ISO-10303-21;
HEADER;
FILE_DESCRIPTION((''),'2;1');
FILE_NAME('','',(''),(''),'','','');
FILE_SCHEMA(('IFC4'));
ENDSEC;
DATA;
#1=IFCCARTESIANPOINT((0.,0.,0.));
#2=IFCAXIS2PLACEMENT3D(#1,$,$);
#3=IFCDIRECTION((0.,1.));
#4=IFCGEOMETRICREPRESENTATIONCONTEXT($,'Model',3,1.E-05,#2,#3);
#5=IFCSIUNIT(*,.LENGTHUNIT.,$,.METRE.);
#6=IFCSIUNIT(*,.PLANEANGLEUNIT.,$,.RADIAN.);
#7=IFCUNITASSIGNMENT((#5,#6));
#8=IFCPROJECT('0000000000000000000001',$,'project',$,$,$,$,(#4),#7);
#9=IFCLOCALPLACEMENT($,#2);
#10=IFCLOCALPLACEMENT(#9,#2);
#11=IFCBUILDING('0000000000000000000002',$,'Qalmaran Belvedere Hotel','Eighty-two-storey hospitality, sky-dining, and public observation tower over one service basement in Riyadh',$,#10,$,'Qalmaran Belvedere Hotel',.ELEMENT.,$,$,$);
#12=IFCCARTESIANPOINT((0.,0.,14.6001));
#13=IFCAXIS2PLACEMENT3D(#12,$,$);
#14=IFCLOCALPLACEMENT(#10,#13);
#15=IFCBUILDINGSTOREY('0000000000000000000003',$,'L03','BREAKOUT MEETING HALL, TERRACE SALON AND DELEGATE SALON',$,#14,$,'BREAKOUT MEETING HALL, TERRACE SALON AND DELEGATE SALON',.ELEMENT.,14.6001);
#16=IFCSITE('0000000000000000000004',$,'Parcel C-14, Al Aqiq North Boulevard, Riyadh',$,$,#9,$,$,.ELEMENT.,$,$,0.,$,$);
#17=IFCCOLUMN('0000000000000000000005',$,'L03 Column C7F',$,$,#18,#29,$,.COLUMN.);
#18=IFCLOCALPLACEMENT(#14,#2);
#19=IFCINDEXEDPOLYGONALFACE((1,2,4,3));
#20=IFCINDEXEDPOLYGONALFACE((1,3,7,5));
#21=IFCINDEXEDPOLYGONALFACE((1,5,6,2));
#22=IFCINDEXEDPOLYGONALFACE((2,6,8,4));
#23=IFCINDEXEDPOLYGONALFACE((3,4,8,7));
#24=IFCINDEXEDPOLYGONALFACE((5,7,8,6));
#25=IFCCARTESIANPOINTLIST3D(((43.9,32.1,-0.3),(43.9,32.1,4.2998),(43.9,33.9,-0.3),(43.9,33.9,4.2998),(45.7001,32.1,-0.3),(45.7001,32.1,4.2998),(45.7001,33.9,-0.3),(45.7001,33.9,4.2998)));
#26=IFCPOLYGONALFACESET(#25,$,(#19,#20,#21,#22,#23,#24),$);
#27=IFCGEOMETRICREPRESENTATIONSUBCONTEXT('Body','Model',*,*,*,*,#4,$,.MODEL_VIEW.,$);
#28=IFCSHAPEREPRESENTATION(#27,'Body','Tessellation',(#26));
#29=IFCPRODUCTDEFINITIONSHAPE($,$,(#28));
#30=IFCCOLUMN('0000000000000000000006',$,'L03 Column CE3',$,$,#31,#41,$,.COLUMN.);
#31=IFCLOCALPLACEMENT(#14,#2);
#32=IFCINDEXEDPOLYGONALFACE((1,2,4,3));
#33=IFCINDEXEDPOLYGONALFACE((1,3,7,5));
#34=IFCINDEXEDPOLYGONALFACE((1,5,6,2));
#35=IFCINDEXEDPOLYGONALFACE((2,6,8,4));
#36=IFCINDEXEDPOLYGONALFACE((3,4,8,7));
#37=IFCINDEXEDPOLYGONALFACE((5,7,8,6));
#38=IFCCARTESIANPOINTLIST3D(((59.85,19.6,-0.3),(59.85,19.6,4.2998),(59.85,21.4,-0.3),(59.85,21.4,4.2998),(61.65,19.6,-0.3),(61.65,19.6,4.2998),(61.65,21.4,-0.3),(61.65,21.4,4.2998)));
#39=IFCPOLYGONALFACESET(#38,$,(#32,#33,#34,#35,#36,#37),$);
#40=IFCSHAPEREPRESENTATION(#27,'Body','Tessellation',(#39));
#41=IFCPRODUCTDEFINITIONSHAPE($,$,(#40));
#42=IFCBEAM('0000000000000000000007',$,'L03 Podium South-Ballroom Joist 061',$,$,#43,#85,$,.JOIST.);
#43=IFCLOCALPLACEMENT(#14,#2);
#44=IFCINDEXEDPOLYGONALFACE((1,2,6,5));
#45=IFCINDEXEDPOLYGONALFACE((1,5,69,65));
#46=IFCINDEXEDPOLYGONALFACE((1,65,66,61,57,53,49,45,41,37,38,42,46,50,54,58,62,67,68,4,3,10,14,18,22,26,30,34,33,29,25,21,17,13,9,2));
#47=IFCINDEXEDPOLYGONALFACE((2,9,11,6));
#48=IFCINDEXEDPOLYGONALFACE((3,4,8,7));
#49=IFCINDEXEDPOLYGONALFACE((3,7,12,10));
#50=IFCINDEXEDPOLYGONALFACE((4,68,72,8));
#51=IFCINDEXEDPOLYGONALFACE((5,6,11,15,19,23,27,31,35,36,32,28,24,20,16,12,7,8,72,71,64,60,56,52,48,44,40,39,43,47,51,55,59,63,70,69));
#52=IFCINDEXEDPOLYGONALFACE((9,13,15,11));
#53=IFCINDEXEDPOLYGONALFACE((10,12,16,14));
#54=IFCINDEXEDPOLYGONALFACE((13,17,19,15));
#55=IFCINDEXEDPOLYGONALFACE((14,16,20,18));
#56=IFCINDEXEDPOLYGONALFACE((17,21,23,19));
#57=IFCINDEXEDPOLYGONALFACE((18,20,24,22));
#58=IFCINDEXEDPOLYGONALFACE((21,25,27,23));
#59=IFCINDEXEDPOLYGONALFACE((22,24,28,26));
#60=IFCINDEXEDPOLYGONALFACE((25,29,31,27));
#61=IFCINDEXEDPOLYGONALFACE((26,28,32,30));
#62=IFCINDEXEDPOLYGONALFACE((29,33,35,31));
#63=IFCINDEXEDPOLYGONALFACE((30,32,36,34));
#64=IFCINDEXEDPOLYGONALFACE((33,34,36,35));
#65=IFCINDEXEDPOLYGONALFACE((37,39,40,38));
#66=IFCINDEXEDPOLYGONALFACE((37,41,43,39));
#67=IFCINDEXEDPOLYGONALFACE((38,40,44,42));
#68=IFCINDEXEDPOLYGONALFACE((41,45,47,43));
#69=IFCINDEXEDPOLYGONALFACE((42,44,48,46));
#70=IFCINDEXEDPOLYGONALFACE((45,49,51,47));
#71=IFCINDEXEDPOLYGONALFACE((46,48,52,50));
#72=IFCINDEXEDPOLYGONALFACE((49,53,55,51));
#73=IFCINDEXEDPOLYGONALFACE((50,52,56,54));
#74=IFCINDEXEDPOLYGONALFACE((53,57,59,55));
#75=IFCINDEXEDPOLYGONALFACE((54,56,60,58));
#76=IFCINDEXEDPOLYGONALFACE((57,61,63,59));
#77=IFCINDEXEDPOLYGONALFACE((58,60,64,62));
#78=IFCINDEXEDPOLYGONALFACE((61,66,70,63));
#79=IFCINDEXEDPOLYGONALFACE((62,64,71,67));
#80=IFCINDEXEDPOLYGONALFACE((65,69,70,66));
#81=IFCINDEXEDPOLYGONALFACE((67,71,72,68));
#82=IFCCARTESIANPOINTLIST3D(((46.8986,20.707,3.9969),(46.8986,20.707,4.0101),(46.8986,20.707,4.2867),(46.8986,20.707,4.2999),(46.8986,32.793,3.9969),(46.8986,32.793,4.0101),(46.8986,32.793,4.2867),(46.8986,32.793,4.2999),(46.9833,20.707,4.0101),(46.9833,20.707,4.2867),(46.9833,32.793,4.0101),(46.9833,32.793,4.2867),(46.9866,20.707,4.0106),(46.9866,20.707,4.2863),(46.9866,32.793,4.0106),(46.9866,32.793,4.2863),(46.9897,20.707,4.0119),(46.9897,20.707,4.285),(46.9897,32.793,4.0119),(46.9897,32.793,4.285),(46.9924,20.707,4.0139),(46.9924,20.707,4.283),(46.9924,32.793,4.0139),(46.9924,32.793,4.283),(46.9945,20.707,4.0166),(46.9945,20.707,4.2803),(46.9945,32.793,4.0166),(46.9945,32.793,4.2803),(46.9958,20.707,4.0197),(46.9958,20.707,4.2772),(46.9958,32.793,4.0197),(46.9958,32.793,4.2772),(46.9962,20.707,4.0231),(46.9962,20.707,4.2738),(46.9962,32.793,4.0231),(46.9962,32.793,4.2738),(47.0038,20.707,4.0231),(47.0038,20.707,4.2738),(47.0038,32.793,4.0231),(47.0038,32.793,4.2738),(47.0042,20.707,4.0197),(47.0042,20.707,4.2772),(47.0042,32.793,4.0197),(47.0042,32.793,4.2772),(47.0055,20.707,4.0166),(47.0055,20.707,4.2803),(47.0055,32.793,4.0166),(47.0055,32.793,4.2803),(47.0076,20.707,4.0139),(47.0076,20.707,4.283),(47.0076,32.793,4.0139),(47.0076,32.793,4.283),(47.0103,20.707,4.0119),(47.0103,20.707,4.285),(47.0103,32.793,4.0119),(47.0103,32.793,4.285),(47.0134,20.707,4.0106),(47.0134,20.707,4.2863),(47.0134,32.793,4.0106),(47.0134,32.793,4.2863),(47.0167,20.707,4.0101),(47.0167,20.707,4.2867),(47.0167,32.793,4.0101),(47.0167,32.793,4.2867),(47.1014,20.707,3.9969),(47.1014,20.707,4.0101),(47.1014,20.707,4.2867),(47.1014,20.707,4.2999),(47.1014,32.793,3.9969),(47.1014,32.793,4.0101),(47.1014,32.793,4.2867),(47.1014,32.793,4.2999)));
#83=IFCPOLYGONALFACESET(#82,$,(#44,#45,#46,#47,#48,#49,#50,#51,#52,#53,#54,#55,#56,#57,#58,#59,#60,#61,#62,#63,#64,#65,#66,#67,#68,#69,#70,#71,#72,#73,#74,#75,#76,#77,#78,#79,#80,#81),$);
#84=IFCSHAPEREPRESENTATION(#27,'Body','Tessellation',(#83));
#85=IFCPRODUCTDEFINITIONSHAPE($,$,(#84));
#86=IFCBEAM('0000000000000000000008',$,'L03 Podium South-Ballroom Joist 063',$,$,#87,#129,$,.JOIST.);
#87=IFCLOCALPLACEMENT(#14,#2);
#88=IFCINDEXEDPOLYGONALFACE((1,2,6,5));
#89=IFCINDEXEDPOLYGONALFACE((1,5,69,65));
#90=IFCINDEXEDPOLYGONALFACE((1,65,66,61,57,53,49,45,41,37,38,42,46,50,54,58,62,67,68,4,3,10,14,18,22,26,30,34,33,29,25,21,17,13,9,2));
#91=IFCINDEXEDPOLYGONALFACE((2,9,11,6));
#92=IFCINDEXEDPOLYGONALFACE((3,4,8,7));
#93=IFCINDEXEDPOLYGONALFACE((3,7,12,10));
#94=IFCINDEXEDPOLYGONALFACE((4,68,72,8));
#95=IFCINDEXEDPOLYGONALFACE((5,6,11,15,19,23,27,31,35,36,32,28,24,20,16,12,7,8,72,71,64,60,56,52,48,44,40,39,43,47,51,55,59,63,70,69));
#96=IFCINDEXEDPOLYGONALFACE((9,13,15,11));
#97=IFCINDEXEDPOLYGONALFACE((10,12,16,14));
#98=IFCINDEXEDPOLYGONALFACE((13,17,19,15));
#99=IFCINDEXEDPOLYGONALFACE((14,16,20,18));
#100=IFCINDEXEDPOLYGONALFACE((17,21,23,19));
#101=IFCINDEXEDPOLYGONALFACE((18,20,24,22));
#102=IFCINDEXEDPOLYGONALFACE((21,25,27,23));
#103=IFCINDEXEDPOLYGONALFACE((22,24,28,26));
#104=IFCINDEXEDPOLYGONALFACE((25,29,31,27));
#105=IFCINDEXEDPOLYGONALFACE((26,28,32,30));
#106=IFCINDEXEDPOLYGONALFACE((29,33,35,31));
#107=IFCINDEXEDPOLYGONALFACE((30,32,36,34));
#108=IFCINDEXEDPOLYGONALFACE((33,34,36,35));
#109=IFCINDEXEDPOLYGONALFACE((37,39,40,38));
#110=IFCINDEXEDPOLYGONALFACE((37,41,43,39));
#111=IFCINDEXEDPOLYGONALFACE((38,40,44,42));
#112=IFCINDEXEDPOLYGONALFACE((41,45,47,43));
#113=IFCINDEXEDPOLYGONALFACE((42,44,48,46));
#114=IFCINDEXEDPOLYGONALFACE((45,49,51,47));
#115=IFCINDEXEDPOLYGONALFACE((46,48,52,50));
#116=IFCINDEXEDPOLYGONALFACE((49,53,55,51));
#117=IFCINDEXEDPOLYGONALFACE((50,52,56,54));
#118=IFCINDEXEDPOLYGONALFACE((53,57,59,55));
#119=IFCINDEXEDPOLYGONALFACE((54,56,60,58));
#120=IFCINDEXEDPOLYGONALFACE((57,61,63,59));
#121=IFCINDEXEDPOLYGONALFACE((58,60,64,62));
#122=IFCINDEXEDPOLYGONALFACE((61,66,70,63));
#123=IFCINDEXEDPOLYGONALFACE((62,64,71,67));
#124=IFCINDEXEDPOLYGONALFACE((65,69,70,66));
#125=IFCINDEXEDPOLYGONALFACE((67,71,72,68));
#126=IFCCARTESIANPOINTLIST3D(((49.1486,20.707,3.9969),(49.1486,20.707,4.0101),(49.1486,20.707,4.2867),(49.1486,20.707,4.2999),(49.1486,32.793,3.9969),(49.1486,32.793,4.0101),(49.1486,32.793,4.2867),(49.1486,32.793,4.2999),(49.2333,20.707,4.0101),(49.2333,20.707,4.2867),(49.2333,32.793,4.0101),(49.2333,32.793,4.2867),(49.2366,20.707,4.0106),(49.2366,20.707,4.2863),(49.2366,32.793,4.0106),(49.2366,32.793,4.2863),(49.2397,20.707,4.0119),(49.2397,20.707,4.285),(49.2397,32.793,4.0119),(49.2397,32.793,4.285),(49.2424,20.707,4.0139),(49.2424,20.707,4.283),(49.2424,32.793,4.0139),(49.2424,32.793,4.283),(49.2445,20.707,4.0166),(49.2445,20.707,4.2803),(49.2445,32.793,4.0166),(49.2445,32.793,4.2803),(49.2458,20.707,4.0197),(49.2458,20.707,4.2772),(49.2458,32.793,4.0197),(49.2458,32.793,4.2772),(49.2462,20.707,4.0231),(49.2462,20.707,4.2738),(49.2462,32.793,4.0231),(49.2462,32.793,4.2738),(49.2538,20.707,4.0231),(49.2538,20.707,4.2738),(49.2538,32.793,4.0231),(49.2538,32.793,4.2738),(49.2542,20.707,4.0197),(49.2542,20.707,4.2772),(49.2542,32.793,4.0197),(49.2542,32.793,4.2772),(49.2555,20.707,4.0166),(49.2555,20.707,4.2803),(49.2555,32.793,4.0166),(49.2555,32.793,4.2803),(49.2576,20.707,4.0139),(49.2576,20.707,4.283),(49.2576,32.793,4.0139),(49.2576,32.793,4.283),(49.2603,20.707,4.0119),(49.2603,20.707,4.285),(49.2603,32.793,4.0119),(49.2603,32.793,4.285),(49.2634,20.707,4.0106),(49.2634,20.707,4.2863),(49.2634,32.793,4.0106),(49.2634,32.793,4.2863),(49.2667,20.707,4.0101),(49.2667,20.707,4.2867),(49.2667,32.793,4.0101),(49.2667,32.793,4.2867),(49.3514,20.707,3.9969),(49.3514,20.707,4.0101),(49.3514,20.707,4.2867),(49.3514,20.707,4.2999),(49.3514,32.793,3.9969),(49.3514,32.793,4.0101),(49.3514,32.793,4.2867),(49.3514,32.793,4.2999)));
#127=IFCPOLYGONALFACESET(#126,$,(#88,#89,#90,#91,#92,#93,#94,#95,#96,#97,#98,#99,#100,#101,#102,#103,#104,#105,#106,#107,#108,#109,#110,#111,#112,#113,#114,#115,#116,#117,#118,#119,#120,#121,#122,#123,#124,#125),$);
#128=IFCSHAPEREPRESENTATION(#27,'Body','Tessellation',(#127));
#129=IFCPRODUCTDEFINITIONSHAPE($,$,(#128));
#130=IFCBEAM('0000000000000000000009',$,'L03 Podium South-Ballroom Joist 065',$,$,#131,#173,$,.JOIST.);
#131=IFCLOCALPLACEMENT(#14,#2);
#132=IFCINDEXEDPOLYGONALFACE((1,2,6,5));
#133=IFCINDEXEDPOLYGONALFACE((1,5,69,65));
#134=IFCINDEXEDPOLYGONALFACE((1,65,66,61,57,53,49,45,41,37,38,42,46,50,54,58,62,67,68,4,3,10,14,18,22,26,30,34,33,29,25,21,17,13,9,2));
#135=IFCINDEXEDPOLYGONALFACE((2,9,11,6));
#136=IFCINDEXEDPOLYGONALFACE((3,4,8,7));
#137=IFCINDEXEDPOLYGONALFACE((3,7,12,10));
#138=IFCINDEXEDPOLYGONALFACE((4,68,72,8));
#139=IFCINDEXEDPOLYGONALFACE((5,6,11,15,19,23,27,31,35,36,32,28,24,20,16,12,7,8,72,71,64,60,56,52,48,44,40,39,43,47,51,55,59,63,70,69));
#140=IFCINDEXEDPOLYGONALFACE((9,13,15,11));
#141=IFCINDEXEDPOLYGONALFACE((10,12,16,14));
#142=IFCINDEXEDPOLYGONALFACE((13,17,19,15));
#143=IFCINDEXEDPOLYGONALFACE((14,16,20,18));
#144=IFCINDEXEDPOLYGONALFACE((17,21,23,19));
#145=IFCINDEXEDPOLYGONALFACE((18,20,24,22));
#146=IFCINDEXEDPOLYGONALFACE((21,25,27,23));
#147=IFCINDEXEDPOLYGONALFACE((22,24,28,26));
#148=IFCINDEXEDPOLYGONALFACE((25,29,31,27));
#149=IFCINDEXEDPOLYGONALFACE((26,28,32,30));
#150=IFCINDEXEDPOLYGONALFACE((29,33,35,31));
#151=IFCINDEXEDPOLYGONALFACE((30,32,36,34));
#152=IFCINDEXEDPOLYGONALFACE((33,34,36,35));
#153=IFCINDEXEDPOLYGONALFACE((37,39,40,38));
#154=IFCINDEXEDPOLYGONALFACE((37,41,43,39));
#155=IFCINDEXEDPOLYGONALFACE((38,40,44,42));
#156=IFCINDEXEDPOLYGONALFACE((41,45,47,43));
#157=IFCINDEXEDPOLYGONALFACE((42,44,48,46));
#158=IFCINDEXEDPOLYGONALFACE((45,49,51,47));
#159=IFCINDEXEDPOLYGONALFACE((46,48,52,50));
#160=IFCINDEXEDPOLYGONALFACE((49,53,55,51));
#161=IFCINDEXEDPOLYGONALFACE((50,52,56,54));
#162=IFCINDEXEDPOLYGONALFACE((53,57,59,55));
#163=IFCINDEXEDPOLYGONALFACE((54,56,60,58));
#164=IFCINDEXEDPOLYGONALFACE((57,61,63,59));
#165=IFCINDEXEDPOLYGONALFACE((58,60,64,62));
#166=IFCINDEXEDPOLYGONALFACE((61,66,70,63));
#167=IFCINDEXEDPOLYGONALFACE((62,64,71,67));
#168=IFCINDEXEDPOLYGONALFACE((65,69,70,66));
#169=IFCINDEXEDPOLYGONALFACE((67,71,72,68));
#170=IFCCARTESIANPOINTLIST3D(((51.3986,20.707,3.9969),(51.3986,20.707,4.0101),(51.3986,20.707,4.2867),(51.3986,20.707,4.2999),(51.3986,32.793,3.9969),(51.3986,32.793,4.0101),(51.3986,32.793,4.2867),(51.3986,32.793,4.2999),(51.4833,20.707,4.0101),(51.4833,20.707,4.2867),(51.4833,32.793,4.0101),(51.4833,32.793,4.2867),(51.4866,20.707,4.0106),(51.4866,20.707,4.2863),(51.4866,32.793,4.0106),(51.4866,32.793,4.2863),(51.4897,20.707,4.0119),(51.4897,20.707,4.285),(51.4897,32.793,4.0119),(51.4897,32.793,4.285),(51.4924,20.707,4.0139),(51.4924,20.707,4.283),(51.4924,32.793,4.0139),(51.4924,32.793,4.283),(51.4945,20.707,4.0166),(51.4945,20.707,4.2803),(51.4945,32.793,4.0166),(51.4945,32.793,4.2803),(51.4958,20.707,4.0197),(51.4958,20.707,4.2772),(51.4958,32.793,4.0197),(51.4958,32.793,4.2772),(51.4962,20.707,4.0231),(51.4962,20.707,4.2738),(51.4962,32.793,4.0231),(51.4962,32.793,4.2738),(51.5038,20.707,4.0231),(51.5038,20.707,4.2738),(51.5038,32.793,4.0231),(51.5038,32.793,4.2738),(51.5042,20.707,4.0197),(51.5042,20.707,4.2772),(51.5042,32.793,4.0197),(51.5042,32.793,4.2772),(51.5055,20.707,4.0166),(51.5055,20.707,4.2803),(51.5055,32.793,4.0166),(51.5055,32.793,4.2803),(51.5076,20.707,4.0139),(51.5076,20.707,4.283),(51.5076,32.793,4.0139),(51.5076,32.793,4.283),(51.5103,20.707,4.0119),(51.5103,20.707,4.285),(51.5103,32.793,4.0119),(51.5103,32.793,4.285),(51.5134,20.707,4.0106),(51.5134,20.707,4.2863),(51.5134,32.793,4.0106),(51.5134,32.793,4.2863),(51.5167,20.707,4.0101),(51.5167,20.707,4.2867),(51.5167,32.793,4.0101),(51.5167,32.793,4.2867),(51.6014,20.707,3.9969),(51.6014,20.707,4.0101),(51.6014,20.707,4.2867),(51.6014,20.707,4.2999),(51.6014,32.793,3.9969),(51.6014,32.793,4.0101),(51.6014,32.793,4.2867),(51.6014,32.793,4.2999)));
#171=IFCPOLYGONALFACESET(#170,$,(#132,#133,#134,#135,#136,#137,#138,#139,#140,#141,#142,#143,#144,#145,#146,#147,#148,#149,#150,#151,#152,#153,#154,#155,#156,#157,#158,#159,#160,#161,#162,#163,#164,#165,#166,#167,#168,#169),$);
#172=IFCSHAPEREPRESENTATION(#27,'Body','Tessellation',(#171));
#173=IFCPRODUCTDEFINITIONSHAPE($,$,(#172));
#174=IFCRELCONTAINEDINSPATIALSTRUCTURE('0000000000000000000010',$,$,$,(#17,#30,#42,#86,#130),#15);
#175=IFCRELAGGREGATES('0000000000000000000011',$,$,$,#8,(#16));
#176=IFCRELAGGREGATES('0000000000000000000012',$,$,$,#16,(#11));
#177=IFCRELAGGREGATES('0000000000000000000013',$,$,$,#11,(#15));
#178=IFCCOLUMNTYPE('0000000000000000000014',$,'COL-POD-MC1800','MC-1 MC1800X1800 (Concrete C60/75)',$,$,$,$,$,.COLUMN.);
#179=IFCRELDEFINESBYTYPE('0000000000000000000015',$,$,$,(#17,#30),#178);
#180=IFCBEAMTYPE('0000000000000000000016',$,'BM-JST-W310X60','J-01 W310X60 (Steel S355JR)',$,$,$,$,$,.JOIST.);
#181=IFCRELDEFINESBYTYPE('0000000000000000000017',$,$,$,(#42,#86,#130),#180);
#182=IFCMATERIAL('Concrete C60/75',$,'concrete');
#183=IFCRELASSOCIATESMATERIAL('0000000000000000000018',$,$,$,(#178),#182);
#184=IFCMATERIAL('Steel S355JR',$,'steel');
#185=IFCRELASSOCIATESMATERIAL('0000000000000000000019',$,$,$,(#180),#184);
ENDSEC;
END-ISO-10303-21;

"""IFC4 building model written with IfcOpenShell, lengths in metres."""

from ifc_helpers import new_model, si_unit, direction, frame, origin, origin_2d, place, context, subcontext, project, spatial, rectangle, i_section, extrude, material, material_profile, profile_set, type_object, element, save


model = new_model("IFC4")

# Units and contexts
model_context = context("Model", 3, precision=1e-05, world=origin(), true_north=direction((0.0, 1.0)))
body_context = subcontext(model_context, "Body", "Model", "MODEL_VIEW")
ifc_project = project(units=[si_unit("LENGTHUNIT", "METRE"), si_unit("PLANEANGLEUNIT", "RADIAN")], contexts=[model_context])

# Site, building, storey
site_placement = place(None, origin())
site = spatial("IfcSite", under=ifc_project, at=site_placement, Name="Parcel C-14, Al Aqiq North Boulevard, Riyadh", CompositionType="ELEMENT", RefElevation=0.0)
building_placement = place(site_placement, origin())
building = spatial("IfcBuilding", under=site, at=building_placement, Name="Qalmaran Belvedere Hotel", Description="Eighty-two-storey hospitality, sky-dining, and public observation tower over one service basement in Riyadh", LongName="Qalmaran Belvedere Hotel", CompositionType="ELEMENT")
storey_placement = place(building_placement, frame((0.0, 0.0, 14.6001)))
storey = spatial("IfcBuildingStorey", under=building, at=storey_placement, Name="L03", Description="BREAKOUT MEETING HALL, TERRACE SALON AND DELEGATE SALON", LongName="BREAKOUT MEETING HALL, TERRACE SALON AND DELEGATE SALON", CompositionType="ELEMENT", Elevation=14.6001)

# Columns
ifc_material_1 = material(Name="Concrete C60/75", Category="concrete")
ifc_material_profile_1 = material_profile(ifc_material_1, rectangle(XDim=1.8, YDim=1.8, at=origin_2d()), Name="MC1800X1800")
ifc_profile_set_1 = profile_set([ifc_material_profile_1], Name="Concrete C60/75")
column_type = type_object("IfcColumnType", Name="COL-POD-MC1800", Description="MC-1 MC1800X1800 (Concrete C60/75)", PredefinedType="COLUMN", material=ifc_profile_set_1)
for number, where, z_axis, x_axis, name in (
    (1, (44.8, 33.0, -0.3), (0.0, 0.0, 1.0), (1.0, 0.0, 0.0), "L03 Column C7F"),
    (2, (60.75, 20.5, -0.3), (0.0, 0.0, 1.0), (1.0, 0.0, 0.0), "L03 Column CE3"),
):
    element("IfcColumn", number, at=place(storey_placement, frame(where, z_axis=z_axis, x_axis=x_axis)), inside=storey, type_object=column_type, Name=name, PredefinedType="COLUMN", context=body_context, shape_type="SweptSolid", body=[
        extrude(rectangle(XDim=1.8, YDim=1.8, at=origin_2d()), origin(), (0.0, 0.0, 1.0), 4.5999),
    ])

# Beams
ifc_material_2 = material(Name="Steel S355JR", Category="steel")
ifc_material_profile_2 = material_profile(ifc_material_2, i_section(OverallWidth=0.2029, OverallDepth=0.303, WebThickness=0.0076, FlangeThickness=0.0132, FilletRadius=0.0129, at=origin_2d()), Name="W310X60")
ifc_profile_set_2 = profile_set([ifc_material_profile_2], Name="Steel S355JR")
beam_type_1 = type_object("IfcBeamType", Name="BM-JST-W310X60", Description="J-01 W310X60 (Steel S355JR)", PredefinedType="JOIST", material=ifc_profile_set_2)
for number, where, z_axis, x_axis, name in (
    (3, (47.0, 20.707, 4.1484), (0.0, 1.0, 0.0), (-1.0, 0.0, 0.0), "L03 Podium South-Ballroom Joist 061"),
    (4, (49.25, 20.707, 4.1484), (0.0, 1.0, 0.0), (-1.0, 0.0, 0.0), "L03 Podium South-Ballroom Joist 063"),
    (5, (51.5, 20.707, 4.1484), (0.0, 1.0, 0.0), (-1.0, 0.0, 0.0), "L03 Podium South-Ballroom Joist 065"),
):
    element("IfcBeam", number, at=place(storey_placement, frame(where, z_axis=z_axis, x_axis=x_axis)), inside=storey, type_object=beam_type_1, Name=name, PredefinedType="JOIST", context=body_context, shape_type="SweptSolid", body=[
        extrude(i_section(OverallWidth=0.2029, OverallDepth=0.303, WebThickness=0.0076, FlangeThickness=0.0132, FilletRadius=0.0129, at=origin_2d()), origin(), (0.0, 0.0, 1.0), 12.0859),
    ])

save(model, "model.ifc")
